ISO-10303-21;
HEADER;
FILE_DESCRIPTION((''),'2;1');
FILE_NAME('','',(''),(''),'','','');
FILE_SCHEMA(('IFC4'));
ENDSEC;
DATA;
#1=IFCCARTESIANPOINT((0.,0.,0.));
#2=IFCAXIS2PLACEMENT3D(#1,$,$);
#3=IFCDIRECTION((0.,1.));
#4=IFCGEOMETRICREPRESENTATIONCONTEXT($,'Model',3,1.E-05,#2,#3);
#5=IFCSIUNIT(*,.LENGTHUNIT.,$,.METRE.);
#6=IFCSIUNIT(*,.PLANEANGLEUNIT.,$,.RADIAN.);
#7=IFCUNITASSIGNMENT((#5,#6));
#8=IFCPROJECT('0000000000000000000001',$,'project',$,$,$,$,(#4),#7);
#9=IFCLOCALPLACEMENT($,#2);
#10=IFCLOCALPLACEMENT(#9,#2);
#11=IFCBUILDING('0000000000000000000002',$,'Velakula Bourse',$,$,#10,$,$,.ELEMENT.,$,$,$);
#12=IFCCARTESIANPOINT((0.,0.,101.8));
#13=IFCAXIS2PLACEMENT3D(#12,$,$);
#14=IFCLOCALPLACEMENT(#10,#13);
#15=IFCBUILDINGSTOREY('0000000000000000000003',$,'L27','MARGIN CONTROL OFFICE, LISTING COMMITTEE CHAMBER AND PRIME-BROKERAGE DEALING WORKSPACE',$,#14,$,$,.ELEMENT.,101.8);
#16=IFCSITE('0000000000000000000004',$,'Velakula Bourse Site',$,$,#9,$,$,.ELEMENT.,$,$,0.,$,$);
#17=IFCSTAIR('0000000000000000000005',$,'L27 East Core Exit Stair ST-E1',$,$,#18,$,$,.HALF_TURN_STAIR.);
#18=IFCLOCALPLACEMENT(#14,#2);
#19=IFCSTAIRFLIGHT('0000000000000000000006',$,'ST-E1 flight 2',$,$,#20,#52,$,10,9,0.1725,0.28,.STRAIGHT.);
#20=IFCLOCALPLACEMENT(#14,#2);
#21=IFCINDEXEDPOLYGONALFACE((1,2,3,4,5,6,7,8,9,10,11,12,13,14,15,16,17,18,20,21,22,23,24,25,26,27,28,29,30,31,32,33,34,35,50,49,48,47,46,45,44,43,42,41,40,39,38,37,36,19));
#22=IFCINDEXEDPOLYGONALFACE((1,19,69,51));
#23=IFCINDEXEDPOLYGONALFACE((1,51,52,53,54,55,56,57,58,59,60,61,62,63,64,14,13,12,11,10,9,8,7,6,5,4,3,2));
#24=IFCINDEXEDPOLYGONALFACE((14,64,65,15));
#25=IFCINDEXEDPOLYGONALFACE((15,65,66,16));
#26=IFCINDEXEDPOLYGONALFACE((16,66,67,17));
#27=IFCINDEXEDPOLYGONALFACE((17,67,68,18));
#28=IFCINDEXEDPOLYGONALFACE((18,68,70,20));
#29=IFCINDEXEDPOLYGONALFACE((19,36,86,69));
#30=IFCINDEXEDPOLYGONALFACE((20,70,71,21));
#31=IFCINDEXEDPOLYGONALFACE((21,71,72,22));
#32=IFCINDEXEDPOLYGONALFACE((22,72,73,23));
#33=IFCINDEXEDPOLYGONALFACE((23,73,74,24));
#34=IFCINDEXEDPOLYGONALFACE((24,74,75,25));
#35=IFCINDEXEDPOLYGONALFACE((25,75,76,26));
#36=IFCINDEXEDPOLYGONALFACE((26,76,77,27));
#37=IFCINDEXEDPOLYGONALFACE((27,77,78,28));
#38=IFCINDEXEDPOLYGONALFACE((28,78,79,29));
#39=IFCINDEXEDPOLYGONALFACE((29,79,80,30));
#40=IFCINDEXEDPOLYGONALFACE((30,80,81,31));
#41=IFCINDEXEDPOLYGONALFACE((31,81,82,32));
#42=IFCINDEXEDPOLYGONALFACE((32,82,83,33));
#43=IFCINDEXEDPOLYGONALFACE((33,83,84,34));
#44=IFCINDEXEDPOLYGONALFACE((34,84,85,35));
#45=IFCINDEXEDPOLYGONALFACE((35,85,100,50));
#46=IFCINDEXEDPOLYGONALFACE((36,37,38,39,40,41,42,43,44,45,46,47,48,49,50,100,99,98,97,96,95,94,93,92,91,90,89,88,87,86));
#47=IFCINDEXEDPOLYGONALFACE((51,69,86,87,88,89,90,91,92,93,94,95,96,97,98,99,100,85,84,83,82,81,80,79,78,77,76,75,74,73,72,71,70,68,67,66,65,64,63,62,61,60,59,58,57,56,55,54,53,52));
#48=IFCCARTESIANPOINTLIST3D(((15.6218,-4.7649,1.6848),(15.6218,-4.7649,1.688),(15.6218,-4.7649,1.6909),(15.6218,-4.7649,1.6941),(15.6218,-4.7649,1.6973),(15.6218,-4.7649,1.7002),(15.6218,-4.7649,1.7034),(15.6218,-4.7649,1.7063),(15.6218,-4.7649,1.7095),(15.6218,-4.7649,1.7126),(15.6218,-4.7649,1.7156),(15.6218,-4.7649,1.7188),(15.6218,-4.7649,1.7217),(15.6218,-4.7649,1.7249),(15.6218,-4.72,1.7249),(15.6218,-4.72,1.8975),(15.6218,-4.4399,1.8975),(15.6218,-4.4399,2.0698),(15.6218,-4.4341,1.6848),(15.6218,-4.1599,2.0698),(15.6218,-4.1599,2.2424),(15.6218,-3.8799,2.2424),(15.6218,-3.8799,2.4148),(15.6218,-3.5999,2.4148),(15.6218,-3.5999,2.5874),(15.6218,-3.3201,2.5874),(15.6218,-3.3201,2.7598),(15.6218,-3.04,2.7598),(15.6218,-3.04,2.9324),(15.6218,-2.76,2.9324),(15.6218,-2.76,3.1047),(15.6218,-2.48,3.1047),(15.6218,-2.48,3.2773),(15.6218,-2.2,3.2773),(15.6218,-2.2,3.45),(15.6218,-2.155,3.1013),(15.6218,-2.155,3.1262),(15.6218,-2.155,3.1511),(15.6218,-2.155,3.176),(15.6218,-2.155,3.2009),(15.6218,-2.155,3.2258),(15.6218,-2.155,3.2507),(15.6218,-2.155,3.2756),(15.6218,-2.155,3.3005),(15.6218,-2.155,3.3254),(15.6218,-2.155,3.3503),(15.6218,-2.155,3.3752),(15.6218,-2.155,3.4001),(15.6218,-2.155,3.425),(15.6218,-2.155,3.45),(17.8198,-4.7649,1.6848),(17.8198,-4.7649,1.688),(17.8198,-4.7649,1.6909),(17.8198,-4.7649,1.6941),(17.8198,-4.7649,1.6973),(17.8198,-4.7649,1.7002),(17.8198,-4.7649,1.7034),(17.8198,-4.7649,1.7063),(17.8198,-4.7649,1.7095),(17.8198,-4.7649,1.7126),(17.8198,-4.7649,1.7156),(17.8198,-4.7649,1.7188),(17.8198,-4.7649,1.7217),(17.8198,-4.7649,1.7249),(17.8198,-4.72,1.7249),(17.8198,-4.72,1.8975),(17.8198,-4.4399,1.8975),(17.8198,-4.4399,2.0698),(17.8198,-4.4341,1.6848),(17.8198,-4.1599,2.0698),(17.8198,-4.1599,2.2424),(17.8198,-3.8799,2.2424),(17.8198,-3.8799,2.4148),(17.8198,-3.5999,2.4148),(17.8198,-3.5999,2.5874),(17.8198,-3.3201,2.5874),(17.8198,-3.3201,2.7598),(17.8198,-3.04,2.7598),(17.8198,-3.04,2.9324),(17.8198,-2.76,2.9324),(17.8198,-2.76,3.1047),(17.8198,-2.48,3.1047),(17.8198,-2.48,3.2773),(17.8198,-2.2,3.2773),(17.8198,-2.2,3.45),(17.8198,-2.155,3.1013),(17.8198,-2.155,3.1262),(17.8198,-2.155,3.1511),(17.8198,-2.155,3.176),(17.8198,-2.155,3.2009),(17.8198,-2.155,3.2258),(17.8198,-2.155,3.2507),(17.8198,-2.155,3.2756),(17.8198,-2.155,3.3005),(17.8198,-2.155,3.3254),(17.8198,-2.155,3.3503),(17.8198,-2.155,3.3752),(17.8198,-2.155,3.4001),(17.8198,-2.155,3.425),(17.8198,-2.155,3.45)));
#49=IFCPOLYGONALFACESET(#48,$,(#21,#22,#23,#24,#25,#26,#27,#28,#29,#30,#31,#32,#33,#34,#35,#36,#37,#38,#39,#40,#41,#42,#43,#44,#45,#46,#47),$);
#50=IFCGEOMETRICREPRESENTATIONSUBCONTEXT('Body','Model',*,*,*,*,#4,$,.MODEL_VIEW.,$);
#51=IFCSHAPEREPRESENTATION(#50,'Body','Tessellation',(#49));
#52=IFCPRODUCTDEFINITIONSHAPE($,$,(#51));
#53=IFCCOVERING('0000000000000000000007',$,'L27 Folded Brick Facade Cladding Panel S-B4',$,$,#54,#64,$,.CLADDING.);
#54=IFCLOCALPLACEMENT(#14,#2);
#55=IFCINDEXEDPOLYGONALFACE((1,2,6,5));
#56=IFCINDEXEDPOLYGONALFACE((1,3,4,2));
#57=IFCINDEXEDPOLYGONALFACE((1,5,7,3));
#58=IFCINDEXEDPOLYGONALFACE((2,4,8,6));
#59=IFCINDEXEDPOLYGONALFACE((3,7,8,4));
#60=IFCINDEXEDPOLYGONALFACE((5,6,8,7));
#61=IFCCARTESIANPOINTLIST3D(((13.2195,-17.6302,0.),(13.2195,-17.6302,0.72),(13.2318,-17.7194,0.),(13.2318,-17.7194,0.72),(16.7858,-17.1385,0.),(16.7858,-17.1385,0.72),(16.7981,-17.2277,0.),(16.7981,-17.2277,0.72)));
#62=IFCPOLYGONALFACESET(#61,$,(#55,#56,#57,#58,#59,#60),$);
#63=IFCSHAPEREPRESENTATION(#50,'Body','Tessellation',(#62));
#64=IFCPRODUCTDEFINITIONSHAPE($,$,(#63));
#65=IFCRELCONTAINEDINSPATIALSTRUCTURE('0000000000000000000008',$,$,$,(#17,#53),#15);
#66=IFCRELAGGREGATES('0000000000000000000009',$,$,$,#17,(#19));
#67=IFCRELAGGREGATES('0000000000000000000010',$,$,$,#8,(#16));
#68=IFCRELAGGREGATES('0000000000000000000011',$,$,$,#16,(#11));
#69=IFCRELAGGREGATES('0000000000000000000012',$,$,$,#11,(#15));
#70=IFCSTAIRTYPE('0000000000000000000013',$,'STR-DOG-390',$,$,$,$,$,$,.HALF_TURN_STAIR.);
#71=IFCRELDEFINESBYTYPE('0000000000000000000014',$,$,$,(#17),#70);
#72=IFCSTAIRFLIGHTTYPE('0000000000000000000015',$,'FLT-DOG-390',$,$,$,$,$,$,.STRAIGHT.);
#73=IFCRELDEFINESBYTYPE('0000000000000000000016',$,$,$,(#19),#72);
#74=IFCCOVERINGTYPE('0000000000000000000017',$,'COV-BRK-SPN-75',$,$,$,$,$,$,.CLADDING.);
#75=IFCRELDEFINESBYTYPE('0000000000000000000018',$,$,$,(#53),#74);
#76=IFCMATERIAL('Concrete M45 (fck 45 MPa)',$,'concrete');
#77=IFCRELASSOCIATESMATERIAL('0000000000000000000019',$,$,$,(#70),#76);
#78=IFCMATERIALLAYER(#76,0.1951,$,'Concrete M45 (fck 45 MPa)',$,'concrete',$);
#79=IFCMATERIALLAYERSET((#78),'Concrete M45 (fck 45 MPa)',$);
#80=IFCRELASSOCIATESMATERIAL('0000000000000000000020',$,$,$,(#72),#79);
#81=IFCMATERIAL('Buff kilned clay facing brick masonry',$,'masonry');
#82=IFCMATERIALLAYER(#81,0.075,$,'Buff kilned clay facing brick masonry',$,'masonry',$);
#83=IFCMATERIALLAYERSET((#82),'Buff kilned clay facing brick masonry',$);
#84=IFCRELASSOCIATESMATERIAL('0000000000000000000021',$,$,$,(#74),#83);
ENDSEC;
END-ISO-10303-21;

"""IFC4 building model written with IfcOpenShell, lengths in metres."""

from ifc_helpers import new_model, si_unit, direction, frame, origin, origin_2d, place, context, subcontext, project, spatial, polyline, rectangle, outline, extrude, material, layer, layer_set, type_object, element, aggregate, save


model = new_model("IFC4")

# Units and contexts
model_context = context("Model", 3, precision=1e-05, world=origin(), true_north=direction((0.0, 1.0)))
body_context = subcontext(model_context, "Body", "Model", "MODEL_VIEW")
ifc_project = project(units=[si_unit("LENGTHUNIT", "METRE"), si_unit("PLANEANGLEUNIT", "RADIAN")], contexts=[model_context])

# Site, building, storey
site_placement = place(None, origin())
site = spatial("IfcSite", under=ifc_project, at=site_placement, Name="Velakula Bourse Site", CompositionType="ELEMENT", RefElevation=0.0)
building_placement = place(site_placement, origin())
building = spatial("IfcBuilding", under=site, at=building_placement, Name="Velakula Bourse", CompositionType="ELEMENT")
storey_placement = place(building_placement, frame((0.0, 0.0, 101.8)))
storey = spatial("IfcBuildingStorey", under=building, at=storey_placement, Name="L27", Description="MARGIN CONTROL OFFICE, LISTING COMMITTEE CHAMBER AND PRIME-BROKERAGE DEALING WORKSPACE", CompositionType="ELEMENT", Elevation=101.8)

# Stair, stair flight
ifc_material_1 = material(Name="Concrete M45 (fck 45 MPa)", Category="concrete")
stair_type = type_object("IfcStairType", Name="STR-DOG-390", PredefinedType="HALF_TURN_STAIR", material=ifc_material_1)
stair_placement = place(storey_placement, origin())
stair = element("IfcStair", 1, at=stair_placement, inside=storey, type_object=stair_type, Name="L27 East Core Exit Stair ST-E1", PredefinedType="HALF_TURN_STAIR")
ifc_layer_1 = layer(ifc_material_1, 0.1951, Name="Concrete M45 (fck 45 MPa)", Category="concrete")
ifc_layer_set_1 = layer_set([ifc_layer_1], Name="Concrete M45 (fck 45 MPa)")
stair_flight_type = type_object("IfcStairFlightType", Name="FLT-DOG-390", PredefinedType="STRAIGHT", material=ifc_layer_set_1)
stair_flight_1_placement = place(storey_placement, frame((16.7209, -4.72, 1.7249), z_axis=(0.0, 0.0, 1.0), x_axis=(0.0, 1.0, 0.0)))
stair_flight_1 = element("IfcStairFlight", 2, at=stair_flight_1_placement, type_object=stair_flight_type, Name="ST-E1 flight 2", NumberOfRisers=10, NumberOfTreads=9, PredefinedType="STRAIGHT", RiserHeight=0.1725, TreadLength=0.28, context=body_context, shape_type="SweptSolid", body=[
    extrude(outline(polyline([(-0.0449, -0.04), (-0.0449, -0.0369), (-0.0449, -0.0339), (-0.0449, -0.0308), (-0.0449, -0.0276), (-0.0449, -0.0247), (-0.0449, -0.0215), (-0.0449, -0.0186), (-0.0449, -0.0154), (-0.0449, -0.0122), (-0.0449, -0.0093), (-0.0449, -0.0061), (-0.0449, -0.0032), (-0.0449, 0.0), (0.0, 0.0), (0.0, 0.1726), (0.28, 0.1726), (0.28, 0.345), (0.5601, 0.345), (0.5601, 0.5176), (0.8401, 0.5176), (0.8401, 0.6899), (1.1201, 0.6899), (1.1201, 0.8625), (1.3999, 0.8625), (1.3999, 1.0349), (1.6799, 1.0349), (1.6799, 1.2075), (1.96, 1.2075), (1.96, 1.3799), (2.24, 1.3799), (2.24, 1.5525), (2.52, 1.5525), (2.52, 1.7251), (2.5649, 1.7251), (2.5649, 1.7002), (2.5649, 1.6753), (2.5649, 1.6504), (2.5649, 1.6255), (2.5649, 1.6006), (2.5649, 1.5757), (2.5649, 1.5508), (2.5649, 1.5259), (2.5649, 1.501), (2.5649, 1.4761), (2.5649, 1.4512), (2.5649, 1.4263), (2.5649, 1.4014), (2.5649, 1.3765), (0.2859, -0.04), (-0.0449, -0.04)])), frame((0.0, 1.0991, 0.0), z_axis=(0.0, -1.0, 0.0), x_axis=(1.0, 0.0, 0.0)), (0.0, 0.0, 1.0), 2.198),
])
aggregate(stair, [stair_flight_1])

# Covering
ifc_material_2 = material(Name="Buff kilned clay facing brick masonry", Category="masonry")
ifc_layer_2 = layer(ifc_material_2, 0.075, Name="Buff kilned clay facing brick masonry", Category="masonry")
ifc_layer_set_2 = layer_set([ifc_layer_2], Name="Buff kilned clay facing brick masonry")
covering_type = type_object("IfcCoveringType", Name="COV-BRK-SPN-75", PredefinedType="CLADDING", material=ifc_layer_set_2)
covering_placement = place(storey_placement, frame((15.0088, -17.429, 0.0), z_axis=(0.0, 0.0, 1.0), x_axis=(0.990629, 0.13658, 0.0)))
element("IfcCovering", 3, at=covering_placement, inside=storey, type_object=covering_type, Name="L27 Folded Brick Facade Cladding Panel S-B4", PredefinedType="CLADDING", context=body_context, shape_type="SweptSolid", body=[
    extrude(rectangle(XDim=3.6001, YDim=0.0901, at=origin_2d()), origin(), (0.0, 0.0, 1.0), 0.72),
])

save(model, "model.ifc")
